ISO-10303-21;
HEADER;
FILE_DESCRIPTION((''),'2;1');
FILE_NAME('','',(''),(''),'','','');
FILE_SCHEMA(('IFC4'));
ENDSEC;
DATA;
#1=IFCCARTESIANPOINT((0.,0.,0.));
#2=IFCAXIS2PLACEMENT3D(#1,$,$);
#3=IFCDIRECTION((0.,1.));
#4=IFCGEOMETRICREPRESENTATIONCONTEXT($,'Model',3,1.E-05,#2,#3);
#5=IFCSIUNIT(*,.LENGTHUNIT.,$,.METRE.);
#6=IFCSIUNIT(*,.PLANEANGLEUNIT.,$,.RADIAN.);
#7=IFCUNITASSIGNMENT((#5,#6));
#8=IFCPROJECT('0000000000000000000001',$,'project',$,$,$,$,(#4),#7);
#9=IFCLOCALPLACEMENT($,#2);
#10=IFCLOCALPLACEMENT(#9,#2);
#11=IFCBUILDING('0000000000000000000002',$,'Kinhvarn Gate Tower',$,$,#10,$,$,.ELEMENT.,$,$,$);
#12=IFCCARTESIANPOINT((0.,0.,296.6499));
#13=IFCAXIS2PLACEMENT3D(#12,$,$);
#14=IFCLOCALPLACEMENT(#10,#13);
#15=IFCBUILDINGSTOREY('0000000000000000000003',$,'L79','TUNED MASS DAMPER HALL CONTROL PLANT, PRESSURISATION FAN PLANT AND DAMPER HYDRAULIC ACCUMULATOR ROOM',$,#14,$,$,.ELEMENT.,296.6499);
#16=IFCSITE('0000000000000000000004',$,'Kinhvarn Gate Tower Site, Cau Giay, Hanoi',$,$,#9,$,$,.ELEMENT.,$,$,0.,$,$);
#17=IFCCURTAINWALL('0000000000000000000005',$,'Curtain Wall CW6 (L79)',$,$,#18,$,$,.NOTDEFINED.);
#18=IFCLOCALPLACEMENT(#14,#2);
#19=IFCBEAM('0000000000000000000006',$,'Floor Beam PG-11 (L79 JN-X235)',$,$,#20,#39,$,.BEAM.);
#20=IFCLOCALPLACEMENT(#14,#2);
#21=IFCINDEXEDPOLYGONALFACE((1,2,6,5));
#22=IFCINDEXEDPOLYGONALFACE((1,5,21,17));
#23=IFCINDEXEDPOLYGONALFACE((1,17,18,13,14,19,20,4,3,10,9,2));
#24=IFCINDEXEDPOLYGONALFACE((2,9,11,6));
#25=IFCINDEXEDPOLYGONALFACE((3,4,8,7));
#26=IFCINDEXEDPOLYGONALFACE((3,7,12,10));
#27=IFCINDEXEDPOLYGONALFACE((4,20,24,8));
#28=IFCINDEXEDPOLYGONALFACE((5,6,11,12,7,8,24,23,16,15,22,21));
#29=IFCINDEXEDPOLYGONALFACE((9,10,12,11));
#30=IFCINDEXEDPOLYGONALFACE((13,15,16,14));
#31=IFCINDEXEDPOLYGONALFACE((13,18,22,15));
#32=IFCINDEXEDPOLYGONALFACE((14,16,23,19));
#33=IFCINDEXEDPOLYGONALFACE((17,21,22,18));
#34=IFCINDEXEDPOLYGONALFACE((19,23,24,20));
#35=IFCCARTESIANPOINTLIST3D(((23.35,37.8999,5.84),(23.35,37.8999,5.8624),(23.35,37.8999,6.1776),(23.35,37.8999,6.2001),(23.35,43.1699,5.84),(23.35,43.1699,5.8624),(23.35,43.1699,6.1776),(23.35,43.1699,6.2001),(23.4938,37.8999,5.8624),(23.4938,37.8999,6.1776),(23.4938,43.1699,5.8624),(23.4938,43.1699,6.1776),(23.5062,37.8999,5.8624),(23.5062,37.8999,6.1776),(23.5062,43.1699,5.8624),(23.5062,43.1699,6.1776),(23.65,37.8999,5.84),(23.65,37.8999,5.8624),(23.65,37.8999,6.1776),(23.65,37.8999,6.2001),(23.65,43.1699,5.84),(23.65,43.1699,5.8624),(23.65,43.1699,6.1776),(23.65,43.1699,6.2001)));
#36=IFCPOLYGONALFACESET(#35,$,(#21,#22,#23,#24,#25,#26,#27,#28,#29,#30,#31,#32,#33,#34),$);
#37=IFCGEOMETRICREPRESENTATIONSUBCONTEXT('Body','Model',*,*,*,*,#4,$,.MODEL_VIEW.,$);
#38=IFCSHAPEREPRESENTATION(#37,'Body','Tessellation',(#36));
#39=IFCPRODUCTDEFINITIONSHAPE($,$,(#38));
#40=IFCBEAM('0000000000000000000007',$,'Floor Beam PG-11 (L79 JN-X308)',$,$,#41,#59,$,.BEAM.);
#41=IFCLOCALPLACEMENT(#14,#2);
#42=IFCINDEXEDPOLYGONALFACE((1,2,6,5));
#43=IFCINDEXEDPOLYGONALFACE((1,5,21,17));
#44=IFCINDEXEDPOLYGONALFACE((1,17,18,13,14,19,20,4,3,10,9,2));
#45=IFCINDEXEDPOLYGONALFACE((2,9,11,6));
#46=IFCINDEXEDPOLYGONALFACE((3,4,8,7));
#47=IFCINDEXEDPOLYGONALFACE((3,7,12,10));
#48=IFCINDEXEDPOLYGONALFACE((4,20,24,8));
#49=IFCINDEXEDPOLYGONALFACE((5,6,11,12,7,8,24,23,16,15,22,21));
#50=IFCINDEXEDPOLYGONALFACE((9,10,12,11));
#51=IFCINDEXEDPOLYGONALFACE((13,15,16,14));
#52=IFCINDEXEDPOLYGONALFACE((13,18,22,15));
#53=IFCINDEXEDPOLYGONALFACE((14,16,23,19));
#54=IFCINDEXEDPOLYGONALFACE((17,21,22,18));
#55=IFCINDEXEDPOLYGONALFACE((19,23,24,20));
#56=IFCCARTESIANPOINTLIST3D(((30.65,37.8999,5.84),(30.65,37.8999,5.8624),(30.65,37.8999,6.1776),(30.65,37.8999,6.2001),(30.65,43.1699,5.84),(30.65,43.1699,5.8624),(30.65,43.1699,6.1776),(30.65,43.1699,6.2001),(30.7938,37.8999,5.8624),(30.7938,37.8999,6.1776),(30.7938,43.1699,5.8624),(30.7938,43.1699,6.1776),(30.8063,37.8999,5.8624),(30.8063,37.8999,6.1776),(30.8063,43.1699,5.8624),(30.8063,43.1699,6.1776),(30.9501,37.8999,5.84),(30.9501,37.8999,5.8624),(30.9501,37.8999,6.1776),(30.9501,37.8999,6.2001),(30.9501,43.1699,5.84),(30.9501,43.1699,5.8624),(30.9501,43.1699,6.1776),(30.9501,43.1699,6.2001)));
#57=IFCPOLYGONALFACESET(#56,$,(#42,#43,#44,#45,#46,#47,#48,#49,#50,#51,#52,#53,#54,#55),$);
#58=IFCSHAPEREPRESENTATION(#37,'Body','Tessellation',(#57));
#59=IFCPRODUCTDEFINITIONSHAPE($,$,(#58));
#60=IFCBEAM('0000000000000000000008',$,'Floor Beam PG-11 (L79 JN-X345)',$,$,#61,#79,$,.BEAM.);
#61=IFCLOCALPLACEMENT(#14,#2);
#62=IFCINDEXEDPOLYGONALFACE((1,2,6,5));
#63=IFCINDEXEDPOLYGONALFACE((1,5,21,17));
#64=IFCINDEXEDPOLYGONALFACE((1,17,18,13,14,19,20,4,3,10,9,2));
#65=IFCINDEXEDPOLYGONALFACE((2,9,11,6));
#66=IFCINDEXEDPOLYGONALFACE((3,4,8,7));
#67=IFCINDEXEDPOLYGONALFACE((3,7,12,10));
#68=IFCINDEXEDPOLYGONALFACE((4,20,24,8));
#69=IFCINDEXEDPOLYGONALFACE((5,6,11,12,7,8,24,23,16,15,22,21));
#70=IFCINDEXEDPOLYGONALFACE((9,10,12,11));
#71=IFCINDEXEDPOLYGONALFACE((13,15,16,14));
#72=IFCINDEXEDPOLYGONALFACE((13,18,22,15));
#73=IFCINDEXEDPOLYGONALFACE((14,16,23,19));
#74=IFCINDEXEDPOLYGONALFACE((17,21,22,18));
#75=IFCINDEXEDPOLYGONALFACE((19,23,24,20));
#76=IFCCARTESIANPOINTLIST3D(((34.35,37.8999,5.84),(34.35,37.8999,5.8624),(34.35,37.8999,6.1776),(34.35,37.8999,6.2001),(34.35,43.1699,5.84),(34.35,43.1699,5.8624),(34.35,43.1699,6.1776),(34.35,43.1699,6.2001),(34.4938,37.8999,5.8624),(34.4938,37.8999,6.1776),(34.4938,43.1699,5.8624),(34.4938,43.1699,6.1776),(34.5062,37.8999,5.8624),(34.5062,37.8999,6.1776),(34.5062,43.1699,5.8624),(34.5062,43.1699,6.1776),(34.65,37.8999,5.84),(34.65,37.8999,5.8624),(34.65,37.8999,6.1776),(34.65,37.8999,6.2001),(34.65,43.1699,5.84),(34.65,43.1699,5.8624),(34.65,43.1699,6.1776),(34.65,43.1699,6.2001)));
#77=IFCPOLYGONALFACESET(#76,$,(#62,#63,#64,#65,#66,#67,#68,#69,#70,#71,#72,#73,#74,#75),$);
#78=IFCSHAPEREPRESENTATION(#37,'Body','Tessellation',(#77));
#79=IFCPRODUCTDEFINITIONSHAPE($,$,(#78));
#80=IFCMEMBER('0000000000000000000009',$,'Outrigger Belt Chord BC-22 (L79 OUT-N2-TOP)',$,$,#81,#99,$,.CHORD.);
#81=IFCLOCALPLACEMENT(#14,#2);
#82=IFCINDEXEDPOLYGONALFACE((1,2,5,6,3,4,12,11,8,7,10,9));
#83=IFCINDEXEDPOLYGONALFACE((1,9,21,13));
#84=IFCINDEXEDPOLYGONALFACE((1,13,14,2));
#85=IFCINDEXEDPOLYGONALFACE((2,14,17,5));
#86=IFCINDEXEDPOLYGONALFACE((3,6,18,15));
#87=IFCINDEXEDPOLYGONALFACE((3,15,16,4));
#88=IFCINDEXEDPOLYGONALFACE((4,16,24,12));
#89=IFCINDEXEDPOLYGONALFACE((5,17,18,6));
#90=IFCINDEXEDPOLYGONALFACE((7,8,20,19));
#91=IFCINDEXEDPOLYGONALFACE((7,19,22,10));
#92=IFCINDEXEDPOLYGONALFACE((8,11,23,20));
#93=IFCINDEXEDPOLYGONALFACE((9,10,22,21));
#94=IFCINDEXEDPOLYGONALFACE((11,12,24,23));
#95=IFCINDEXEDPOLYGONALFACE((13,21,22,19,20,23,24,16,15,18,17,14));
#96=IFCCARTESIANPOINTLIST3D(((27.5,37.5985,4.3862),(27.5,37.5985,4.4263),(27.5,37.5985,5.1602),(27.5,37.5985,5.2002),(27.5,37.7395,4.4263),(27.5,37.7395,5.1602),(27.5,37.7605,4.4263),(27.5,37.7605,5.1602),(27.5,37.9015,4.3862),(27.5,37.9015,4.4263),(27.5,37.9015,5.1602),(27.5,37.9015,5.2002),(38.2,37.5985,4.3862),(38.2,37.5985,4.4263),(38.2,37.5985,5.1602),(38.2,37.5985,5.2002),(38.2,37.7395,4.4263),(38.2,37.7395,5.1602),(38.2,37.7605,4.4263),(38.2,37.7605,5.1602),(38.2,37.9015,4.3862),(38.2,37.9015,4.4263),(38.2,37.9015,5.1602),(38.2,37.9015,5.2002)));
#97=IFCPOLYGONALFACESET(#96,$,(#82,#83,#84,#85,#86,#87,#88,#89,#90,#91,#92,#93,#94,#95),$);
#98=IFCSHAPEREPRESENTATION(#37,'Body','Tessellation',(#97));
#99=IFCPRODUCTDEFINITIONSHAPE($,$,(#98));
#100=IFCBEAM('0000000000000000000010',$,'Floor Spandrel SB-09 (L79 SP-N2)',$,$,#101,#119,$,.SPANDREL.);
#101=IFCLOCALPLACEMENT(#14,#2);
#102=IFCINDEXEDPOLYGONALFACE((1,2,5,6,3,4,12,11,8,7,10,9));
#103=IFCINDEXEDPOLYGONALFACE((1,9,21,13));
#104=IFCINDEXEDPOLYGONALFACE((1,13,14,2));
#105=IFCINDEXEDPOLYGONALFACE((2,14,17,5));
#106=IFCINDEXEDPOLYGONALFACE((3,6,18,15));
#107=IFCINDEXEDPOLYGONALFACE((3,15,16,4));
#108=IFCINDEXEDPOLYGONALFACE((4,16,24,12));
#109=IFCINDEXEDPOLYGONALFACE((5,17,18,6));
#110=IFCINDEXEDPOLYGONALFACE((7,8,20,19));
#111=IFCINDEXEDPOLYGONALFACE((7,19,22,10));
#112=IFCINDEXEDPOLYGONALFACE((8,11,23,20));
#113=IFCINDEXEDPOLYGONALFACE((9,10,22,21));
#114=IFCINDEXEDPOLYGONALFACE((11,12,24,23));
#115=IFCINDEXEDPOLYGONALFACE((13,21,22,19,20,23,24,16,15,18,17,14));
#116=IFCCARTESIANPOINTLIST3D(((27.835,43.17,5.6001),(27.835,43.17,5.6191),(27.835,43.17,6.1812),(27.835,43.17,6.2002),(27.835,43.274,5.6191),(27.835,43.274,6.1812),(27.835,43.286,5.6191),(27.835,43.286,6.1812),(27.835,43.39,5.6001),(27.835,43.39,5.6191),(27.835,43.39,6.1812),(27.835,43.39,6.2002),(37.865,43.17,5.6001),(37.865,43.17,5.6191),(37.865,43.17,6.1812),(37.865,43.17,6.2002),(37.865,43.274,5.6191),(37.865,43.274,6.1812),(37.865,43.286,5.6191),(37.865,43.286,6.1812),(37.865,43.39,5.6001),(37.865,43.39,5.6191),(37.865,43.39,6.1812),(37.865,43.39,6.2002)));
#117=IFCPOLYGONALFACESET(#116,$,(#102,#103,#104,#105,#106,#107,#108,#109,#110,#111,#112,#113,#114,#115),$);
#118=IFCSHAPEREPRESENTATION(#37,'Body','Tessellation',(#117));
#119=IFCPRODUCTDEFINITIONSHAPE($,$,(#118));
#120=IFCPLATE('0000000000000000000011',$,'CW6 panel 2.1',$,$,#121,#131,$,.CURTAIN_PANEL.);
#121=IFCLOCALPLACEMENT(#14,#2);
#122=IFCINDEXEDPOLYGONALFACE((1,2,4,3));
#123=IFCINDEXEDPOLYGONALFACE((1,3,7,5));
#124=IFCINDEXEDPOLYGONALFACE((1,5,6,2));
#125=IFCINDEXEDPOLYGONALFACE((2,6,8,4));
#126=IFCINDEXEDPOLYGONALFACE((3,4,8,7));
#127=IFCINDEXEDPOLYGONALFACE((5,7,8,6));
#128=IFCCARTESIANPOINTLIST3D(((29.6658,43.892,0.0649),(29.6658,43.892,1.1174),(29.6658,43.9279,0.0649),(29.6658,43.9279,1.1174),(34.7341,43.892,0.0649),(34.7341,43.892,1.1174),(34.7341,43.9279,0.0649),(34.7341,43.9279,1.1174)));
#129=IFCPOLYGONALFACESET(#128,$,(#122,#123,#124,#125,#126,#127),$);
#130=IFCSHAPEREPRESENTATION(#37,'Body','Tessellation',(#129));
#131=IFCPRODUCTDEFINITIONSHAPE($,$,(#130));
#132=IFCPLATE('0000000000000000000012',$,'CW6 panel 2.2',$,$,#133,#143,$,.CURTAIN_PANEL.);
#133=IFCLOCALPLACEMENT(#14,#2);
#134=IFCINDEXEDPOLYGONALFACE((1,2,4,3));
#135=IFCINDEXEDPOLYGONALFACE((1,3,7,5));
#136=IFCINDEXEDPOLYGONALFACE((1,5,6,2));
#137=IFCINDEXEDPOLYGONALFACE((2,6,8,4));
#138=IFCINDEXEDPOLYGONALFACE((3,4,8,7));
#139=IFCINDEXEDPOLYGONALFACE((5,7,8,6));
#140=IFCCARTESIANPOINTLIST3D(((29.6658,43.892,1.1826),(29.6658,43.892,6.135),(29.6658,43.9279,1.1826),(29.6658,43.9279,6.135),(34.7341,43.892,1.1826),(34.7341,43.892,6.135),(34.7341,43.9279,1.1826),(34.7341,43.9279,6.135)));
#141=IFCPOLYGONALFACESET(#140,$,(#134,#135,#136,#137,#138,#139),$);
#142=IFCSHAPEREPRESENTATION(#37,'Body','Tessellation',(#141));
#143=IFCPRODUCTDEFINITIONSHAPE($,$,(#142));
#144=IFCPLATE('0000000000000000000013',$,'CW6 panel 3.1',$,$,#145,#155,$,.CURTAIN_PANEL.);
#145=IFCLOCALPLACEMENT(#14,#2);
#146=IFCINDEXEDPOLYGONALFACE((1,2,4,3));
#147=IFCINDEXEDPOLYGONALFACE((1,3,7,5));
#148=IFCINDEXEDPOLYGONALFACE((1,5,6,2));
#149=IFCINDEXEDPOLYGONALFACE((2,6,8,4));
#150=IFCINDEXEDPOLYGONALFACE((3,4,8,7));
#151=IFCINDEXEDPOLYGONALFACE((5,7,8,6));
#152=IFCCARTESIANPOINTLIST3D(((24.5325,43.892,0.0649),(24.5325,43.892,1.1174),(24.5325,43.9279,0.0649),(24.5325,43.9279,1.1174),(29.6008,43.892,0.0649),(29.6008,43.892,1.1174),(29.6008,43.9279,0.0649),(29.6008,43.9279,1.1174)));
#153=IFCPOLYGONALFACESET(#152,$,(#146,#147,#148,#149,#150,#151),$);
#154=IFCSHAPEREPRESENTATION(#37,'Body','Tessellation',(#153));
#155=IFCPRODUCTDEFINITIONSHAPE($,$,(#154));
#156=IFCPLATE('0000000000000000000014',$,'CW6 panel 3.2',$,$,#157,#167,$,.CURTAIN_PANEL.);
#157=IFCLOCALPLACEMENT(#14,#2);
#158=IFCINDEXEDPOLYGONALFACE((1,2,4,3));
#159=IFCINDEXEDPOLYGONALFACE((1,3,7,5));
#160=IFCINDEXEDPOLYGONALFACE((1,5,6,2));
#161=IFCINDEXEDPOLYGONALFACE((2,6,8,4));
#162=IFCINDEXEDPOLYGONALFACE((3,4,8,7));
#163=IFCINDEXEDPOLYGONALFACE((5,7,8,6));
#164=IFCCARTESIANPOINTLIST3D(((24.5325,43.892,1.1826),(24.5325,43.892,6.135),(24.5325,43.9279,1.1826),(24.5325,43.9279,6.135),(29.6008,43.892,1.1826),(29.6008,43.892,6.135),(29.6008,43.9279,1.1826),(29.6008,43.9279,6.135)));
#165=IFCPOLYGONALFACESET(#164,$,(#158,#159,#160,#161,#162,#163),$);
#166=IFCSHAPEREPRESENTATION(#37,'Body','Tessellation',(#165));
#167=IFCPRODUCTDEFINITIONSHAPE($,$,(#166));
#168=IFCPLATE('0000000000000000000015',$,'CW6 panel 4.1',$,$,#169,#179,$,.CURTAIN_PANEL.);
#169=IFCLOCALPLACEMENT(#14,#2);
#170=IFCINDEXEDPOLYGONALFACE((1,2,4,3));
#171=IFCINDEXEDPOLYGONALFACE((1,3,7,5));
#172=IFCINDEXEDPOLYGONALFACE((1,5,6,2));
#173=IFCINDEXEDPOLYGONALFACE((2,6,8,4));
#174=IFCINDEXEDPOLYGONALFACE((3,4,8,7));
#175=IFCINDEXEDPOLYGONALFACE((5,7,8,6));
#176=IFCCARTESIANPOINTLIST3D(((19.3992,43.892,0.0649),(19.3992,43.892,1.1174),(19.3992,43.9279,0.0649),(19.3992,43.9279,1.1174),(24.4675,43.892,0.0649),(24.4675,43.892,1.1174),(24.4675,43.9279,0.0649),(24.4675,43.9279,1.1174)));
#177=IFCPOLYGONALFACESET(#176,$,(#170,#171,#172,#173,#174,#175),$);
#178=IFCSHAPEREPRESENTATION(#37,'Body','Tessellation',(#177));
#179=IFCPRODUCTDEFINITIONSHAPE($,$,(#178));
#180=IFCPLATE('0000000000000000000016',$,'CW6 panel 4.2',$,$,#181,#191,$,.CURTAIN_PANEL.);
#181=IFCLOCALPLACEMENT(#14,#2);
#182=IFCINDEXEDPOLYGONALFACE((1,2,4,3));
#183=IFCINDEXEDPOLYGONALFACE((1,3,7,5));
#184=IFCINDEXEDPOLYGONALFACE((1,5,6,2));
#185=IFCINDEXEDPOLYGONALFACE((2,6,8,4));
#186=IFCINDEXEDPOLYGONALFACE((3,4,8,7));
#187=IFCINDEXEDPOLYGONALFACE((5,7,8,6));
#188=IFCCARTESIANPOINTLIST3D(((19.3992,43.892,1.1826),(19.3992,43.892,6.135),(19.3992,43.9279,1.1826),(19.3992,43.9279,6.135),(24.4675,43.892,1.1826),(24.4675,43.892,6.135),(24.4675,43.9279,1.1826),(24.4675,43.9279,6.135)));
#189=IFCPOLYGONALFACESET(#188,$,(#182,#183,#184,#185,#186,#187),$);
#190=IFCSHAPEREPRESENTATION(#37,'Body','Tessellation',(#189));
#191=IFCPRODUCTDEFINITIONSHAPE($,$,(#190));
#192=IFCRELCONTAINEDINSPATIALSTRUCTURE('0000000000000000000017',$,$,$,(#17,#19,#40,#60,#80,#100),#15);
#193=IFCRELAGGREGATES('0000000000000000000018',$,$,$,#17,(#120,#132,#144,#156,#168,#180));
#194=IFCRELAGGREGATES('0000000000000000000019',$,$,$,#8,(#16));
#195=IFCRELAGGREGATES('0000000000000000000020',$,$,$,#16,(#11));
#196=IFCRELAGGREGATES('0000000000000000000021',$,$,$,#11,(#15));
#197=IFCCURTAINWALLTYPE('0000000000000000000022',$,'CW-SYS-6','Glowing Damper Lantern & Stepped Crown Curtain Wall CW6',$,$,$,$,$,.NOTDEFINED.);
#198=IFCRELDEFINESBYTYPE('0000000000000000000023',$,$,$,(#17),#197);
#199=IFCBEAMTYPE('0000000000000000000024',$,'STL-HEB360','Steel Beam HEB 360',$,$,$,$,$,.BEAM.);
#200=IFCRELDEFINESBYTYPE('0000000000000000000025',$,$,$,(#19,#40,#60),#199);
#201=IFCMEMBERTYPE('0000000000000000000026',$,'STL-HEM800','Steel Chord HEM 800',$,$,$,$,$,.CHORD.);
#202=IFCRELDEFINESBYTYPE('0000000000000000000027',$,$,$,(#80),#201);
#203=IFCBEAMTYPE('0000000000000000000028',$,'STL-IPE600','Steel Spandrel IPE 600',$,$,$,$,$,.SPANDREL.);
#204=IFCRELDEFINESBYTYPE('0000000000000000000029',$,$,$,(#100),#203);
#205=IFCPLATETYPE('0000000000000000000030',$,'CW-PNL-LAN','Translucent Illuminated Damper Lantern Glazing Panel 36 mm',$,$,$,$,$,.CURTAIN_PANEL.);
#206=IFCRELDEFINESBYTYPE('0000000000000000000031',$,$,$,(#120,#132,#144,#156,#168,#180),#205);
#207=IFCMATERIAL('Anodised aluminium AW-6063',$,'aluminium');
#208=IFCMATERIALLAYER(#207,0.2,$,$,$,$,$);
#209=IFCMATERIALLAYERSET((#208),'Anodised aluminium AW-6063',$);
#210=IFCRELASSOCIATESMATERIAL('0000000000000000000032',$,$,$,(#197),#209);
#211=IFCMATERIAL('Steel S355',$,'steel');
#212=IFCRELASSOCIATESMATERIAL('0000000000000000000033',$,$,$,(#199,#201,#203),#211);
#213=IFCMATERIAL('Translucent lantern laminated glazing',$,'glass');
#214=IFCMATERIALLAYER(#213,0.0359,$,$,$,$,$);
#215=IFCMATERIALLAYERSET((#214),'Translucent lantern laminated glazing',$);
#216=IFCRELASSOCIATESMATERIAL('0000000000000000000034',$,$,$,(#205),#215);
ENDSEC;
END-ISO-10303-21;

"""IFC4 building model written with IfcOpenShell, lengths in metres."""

from ifc_helpers import new_model, si_unit, direction, frame, origin, origin_2d, place, context, subcontext, project, spatial, rectangle, i_section, extrude, material, layer, layer_set, material_profile, profile_set, type_object, element, aggregate, save


model = new_model("IFC4")

# Units and contexts
model_context = context("Model", 3, precision=1e-05, world=origin(), true_north=direction((0.0, 1.0)))
body_context = subcontext(model_context, "Body", "Model", "MODEL_VIEW")
ifc_project = project(units=[si_unit("LENGTHUNIT", "METRE"), si_unit("PLANEANGLEUNIT", "RADIAN")], contexts=[model_context])

# Site, building, storey
site_placement = place(None, origin())
site = spatial("IfcSite", under=ifc_project, at=site_placement, Name="Kinhvarn Gate Tower Site, Cau Giay, Hanoi", CompositionType="ELEMENT", RefElevation=0.0)
building_placement = place(site_placement, origin())
building = spatial("IfcBuilding", under=site, at=building_placement, Name="Kinhvarn Gate Tower", CompositionType="ELEMENT")
storey_placement = place(building_placement, frame((0.0, 0.0, 296.6499)))
storey = spatial("IfcBuildingStorey", under=building, at=storey_placement, Name="L79", Description="TUNED MASS DAMPER HALL CONTROL PLANT, PRESSURISATION FAN PLANT AND DAMPER HYDRAULIC ACCUMULATOR ROOM", CompositionType="ELEMENT", Elevation=296.6499)

# Curtain wall
ifc_material_1 = material(Name="Anodised aluminium AW-6063", Category="aluminium")
ifc_layer_1 = layer(ifc_material_1, 0.2)
ifc_layer_set_1 = layer_set([ifc_layer_1], Name="Anodised aluminium AW-6063")
curtain_wall_type = type_object("IfcCurtainWallType", Name="CW-SYS-6", Description="Glowing Damper Lantern & Stepped Crown Curtain Wall CW6", PredefinedType="NOTDEFINED", material=ifc_layer_set_1)
curtain_wall_placement = place(storey_placement, origin())
curtain_wall = element("IfcCurtainWall", 1, at=curtain_wall_placement, inside=storey, type_object=curtain_wall_type, Name="Curtain Wall CW6 (L79)", PredefinedType="NOTDEFINED")

# Shared definitions
ifc_material_2 = material(Name="Steel S355", Category="steel")

# Beams
ifc_material_profile_1 = material_profile(ifc_material_2, i_section(OverallWidth=0.3, OverallDepth=0.3601, WebThickness=0.0125, FlangeThickness=0.0225, at=origin_2d()), Name="HEB 360")
ifc_profile_set_1 = profile_set([ifc_material_profile_1], Name="Steel S355")
beam_type_1 = type_object("IfcBeamType", Name="STL-HEB360", Description="Steel Beam HEB 360", PredefinedType="BEAM", material=ifc_profile_set_1)
for number, where, z_axis, x_axis, name in (
    (2, (23.5, 37.8999, 6.02), (0.0, 1.0, 0.0), (-1.0, 0.0, 0.0), "Floor Beam PG-11 (L79 JN-X235)"),
    (3, (30.8, 37.8999, 6.02), (0.0, 1.0, 0.0), (-1.0, 0.0, 0.0), "Floor Beam PG-11 (L79 JN-X308)"),
    (4, (34.5, 37.8999, 6.02), (0.0, 1.0, 0.0), (-1.0, 0.0, 0.0), "Floor Beam PG-11 (L79 JN-X345)"),
):
    element("IfcBeam", number, at=place(storey_placement, frame(where, z_axis=z_axis, x_axis=x_axis)), inside=storey, type_object=beam_type_1, Name=name, PredefinedType="BEAM", context=body_context, shape_type="SweptSolid", body=[
        extrude(i_section(OverallWidth=0.3, OverallDepth=0.3601, WebThickness=0.0125, FlangeThickness=0.0225, at=origin_2d()), origin(), (0.0, 0.0, 1.0), 5.27),
    ])

# Member
ifc_material_profile_2 = material_profile(ifc_material_2, i_section(OverallWidth=0.303, OverallDepth=0.814, WebThickness=0.021, FlangeThickness=0.04, at=origin_2d()), Name="HEM 800")
ifc_profile_set_2 = profile_set([ifc_material_profile_2], Name="Steel S355")
member_type_1 = type_object("IfcMemberType", Name="STL-HEM800", Description="Steel Chord HEM 800", PredefinedType="CHORD", material=ifc_profile_set_2)
member_1_placement = place(storey_placement, frame((27.5, 37.75, 4.7932), z_axis=(1.0, 0.0, 0.0), x_axis=(0.0, 1.0, 0.0)))
element("IfcMember", 5, at=member_1_placement, inside=storey, type_object=member_type_1, Name="Outrigger Belt Chord BC-22 (L79 OUT-N2-TOP)", PredefinedType="CHORD", context=body_context, shape_type="SweptSolid", body=[
    extrude(i_section(OverallWidth=0.303, OverallDepth=0.814, WebThickness=0.021, FlangeThickness=0.04, at=origin_2d()), origin(), (0.0, 0.0, 1.0), 10.7),
])

# Beam
ifc_material_profile_3 = material_profile(ifc_material_2, i_section(OverallWidth=0.22, OverallDepth=0.6001, WebThickness=0.012, FlangeThickness=0.019, at=origin_2d()), Name="IPE 600")
ifc_profile_set_3 = profile_set([ifc_material_profile_3], Name="Steel S355")
beam_type_2 = type_object("IfcBeamType", Name="STL-IPE600", Description="Steel Spandrel IPE 600", PredefinedType="SPANDREL", material=ifc_profile_set_3)
beam_placement = place(storey_placement, frame((27.835, 43.28, 5.9001), z_axis=(1.0, 0.0, 0.0), x_axis=(0.0, 1.0, 0.0)))
element("IfcBeam", 6, at=beam_placement, inside=storey, type_object=beam_type_2, Name="Floor Spandrel SB-09 (L79 SP-N2)", PredefinedType="SPANDREL", context=body_context, shape_type="SweptSolid", body=[
    extrude(i_section(OverallWidth=0.22, OverallDepth=0.6001, WebThickness=0.012, FlangeThickness=0.019, at=origin_2d()), origin(), (0.0, 0.0, 1.0), 10.03),
])

# Plates
ifc_material_3 = material(Name="Translucent lantern laminated glazing", Category="glass")
ifc_layer_2 = layer(ifc_material_3, 0.0359)
ifc_layer_set_2 = layer_set([ifc_layer_2], Name="Translucent lantern laminated glazing")
plate_type = type_object("IfcPlateType", Name="CW-PNL-LAN", Description="Translucent Illuminated Damper Lantern Glazing Panel 36 mm", PredefinedType="CURTAIN_PANEL", material=ifc_layer_set_2)
plate_1_placement = place(storey_placement, frame((32.2, 43.9099, 0.0649), z_axis=(0.0, 0.0, 1.0), x_axis=(-1.0, 0.0, 0.0)))
plate_1 = element("IfcPlate", 7, at=plate_1_placement, type_object=plate_type, Name="CW6 panel 2.1", PredefinedType="CURTAIN_PANEL", context=body_context, shape_type="SweptSolid", body=[
    extrude(rectangle(XDim=5.0684, YDim=0.0359, at=origin_2d()), origin(), (0.0, 0.0, 1.0), 1.0525),
])
plate_2_placement = place(storey_placement, frame((32.2, 43.9099, 1.1826), z_axis=(0.0, 0.0, 1.0), x_axis=(-1.0, 0.0, 0.0)))
plate_2 = element("IfcPlate", 8, at=plate_2_placement, type_object=plate_type, Name="CW6 panel 2.2", PredefinedType="CURTAIN_PANEL", context=body_context, shape_type="SweptSolid", body=[
    extrude(rectangle(XDim=5.0684, YDim=0.0359, at=origin_2d()), origin(), (0.0, 0.0, 1.0), 4.9524),
])
plate_3_placement = place(storey_placement, frame((27.0667, 43.9099, 0.0649), z_axis=(0.0, 0.0, 1.0), x_axis=(-1.0, 0.0, 0.0)))
plate_3 = element("IfcPlate", 9, at=plate_3_placement, type_object=plate_type, Name="CW6 panel 3.1", PredefinedType="CURTAIN_PANEL", context=body_context, shape_type="SweptSolid", body=[
    extrude(rectangle(XDim=5.0684, YDim=0.0359, at=origin_2d()), origin(), (0.0, 0.0, 1.0), 1.0525),
])
plate_4_placement = place(storey_placement, frame((27.0667, 43.9099, 1.1826), z_axis=(0.0, 0.0, 1.0), x_axis=(-1.0, 0.0, 0.0)))
plate_4 = element("IfcPlate", 10, at=plate_4_placement, type_object=plate_type, Name="CW6 panel 3.2", PredefinedType="CURTAIN_PANEL", context=body_context, shape_type="SweptSolid", body=[
    extrude(rectangle(XDim=5.0684, YDim=0.0359, at=origin_2d()), origin(), (0.0, 0.0, 1.0), 4.9524),
])
plate_5_placement = place(storey_placement, frame((21.9333, 43.9099, 0.0649), z_axis=(0.0, 0.0, 1.0), x_axis=(-1.0, 0.0, 0.0)))
plate_5 = element("IfcPlate", 11, at=plate_5_placement, type_object=plate_type, Name="CW6 panel 4.1", PredefinedType="CURTAIN_PANEL", context=body_context, shape_type="SweptSolid", body=[
    extrude(rectangle(XDim=5.0684, YDim=0.0359, at=origin_2d()), origin(), (0.0, 0.0, 1.0), 1.0525),
])
plate_6_placement = place(storey_placement, frame((21.9333, 43.9099, 1.1826), z_axis=(0.0, 0.0, 1.0), x_axis=(-1.0, 0.0, 0.0)))
plate_6 = element("IfcPlate", 12, at=plate_6_placement, type_object=plate_type, Name="CW6 panel 4.2", PredefinedType="CURTAIN_PANEL", context=body_context, shape_type="SweptSolid", body=[
    extrude(rectangle(XDim=5.0684, YDim=0.0359, at=origin_2d()), origin(), (0.0, 0.0, 1.0), 4.9524),
])
aggregate(curtain_wall, [plate_1, plate_2, plate_3, plate_4, plate_5, plate_6])

save(model, "model.ifc")
